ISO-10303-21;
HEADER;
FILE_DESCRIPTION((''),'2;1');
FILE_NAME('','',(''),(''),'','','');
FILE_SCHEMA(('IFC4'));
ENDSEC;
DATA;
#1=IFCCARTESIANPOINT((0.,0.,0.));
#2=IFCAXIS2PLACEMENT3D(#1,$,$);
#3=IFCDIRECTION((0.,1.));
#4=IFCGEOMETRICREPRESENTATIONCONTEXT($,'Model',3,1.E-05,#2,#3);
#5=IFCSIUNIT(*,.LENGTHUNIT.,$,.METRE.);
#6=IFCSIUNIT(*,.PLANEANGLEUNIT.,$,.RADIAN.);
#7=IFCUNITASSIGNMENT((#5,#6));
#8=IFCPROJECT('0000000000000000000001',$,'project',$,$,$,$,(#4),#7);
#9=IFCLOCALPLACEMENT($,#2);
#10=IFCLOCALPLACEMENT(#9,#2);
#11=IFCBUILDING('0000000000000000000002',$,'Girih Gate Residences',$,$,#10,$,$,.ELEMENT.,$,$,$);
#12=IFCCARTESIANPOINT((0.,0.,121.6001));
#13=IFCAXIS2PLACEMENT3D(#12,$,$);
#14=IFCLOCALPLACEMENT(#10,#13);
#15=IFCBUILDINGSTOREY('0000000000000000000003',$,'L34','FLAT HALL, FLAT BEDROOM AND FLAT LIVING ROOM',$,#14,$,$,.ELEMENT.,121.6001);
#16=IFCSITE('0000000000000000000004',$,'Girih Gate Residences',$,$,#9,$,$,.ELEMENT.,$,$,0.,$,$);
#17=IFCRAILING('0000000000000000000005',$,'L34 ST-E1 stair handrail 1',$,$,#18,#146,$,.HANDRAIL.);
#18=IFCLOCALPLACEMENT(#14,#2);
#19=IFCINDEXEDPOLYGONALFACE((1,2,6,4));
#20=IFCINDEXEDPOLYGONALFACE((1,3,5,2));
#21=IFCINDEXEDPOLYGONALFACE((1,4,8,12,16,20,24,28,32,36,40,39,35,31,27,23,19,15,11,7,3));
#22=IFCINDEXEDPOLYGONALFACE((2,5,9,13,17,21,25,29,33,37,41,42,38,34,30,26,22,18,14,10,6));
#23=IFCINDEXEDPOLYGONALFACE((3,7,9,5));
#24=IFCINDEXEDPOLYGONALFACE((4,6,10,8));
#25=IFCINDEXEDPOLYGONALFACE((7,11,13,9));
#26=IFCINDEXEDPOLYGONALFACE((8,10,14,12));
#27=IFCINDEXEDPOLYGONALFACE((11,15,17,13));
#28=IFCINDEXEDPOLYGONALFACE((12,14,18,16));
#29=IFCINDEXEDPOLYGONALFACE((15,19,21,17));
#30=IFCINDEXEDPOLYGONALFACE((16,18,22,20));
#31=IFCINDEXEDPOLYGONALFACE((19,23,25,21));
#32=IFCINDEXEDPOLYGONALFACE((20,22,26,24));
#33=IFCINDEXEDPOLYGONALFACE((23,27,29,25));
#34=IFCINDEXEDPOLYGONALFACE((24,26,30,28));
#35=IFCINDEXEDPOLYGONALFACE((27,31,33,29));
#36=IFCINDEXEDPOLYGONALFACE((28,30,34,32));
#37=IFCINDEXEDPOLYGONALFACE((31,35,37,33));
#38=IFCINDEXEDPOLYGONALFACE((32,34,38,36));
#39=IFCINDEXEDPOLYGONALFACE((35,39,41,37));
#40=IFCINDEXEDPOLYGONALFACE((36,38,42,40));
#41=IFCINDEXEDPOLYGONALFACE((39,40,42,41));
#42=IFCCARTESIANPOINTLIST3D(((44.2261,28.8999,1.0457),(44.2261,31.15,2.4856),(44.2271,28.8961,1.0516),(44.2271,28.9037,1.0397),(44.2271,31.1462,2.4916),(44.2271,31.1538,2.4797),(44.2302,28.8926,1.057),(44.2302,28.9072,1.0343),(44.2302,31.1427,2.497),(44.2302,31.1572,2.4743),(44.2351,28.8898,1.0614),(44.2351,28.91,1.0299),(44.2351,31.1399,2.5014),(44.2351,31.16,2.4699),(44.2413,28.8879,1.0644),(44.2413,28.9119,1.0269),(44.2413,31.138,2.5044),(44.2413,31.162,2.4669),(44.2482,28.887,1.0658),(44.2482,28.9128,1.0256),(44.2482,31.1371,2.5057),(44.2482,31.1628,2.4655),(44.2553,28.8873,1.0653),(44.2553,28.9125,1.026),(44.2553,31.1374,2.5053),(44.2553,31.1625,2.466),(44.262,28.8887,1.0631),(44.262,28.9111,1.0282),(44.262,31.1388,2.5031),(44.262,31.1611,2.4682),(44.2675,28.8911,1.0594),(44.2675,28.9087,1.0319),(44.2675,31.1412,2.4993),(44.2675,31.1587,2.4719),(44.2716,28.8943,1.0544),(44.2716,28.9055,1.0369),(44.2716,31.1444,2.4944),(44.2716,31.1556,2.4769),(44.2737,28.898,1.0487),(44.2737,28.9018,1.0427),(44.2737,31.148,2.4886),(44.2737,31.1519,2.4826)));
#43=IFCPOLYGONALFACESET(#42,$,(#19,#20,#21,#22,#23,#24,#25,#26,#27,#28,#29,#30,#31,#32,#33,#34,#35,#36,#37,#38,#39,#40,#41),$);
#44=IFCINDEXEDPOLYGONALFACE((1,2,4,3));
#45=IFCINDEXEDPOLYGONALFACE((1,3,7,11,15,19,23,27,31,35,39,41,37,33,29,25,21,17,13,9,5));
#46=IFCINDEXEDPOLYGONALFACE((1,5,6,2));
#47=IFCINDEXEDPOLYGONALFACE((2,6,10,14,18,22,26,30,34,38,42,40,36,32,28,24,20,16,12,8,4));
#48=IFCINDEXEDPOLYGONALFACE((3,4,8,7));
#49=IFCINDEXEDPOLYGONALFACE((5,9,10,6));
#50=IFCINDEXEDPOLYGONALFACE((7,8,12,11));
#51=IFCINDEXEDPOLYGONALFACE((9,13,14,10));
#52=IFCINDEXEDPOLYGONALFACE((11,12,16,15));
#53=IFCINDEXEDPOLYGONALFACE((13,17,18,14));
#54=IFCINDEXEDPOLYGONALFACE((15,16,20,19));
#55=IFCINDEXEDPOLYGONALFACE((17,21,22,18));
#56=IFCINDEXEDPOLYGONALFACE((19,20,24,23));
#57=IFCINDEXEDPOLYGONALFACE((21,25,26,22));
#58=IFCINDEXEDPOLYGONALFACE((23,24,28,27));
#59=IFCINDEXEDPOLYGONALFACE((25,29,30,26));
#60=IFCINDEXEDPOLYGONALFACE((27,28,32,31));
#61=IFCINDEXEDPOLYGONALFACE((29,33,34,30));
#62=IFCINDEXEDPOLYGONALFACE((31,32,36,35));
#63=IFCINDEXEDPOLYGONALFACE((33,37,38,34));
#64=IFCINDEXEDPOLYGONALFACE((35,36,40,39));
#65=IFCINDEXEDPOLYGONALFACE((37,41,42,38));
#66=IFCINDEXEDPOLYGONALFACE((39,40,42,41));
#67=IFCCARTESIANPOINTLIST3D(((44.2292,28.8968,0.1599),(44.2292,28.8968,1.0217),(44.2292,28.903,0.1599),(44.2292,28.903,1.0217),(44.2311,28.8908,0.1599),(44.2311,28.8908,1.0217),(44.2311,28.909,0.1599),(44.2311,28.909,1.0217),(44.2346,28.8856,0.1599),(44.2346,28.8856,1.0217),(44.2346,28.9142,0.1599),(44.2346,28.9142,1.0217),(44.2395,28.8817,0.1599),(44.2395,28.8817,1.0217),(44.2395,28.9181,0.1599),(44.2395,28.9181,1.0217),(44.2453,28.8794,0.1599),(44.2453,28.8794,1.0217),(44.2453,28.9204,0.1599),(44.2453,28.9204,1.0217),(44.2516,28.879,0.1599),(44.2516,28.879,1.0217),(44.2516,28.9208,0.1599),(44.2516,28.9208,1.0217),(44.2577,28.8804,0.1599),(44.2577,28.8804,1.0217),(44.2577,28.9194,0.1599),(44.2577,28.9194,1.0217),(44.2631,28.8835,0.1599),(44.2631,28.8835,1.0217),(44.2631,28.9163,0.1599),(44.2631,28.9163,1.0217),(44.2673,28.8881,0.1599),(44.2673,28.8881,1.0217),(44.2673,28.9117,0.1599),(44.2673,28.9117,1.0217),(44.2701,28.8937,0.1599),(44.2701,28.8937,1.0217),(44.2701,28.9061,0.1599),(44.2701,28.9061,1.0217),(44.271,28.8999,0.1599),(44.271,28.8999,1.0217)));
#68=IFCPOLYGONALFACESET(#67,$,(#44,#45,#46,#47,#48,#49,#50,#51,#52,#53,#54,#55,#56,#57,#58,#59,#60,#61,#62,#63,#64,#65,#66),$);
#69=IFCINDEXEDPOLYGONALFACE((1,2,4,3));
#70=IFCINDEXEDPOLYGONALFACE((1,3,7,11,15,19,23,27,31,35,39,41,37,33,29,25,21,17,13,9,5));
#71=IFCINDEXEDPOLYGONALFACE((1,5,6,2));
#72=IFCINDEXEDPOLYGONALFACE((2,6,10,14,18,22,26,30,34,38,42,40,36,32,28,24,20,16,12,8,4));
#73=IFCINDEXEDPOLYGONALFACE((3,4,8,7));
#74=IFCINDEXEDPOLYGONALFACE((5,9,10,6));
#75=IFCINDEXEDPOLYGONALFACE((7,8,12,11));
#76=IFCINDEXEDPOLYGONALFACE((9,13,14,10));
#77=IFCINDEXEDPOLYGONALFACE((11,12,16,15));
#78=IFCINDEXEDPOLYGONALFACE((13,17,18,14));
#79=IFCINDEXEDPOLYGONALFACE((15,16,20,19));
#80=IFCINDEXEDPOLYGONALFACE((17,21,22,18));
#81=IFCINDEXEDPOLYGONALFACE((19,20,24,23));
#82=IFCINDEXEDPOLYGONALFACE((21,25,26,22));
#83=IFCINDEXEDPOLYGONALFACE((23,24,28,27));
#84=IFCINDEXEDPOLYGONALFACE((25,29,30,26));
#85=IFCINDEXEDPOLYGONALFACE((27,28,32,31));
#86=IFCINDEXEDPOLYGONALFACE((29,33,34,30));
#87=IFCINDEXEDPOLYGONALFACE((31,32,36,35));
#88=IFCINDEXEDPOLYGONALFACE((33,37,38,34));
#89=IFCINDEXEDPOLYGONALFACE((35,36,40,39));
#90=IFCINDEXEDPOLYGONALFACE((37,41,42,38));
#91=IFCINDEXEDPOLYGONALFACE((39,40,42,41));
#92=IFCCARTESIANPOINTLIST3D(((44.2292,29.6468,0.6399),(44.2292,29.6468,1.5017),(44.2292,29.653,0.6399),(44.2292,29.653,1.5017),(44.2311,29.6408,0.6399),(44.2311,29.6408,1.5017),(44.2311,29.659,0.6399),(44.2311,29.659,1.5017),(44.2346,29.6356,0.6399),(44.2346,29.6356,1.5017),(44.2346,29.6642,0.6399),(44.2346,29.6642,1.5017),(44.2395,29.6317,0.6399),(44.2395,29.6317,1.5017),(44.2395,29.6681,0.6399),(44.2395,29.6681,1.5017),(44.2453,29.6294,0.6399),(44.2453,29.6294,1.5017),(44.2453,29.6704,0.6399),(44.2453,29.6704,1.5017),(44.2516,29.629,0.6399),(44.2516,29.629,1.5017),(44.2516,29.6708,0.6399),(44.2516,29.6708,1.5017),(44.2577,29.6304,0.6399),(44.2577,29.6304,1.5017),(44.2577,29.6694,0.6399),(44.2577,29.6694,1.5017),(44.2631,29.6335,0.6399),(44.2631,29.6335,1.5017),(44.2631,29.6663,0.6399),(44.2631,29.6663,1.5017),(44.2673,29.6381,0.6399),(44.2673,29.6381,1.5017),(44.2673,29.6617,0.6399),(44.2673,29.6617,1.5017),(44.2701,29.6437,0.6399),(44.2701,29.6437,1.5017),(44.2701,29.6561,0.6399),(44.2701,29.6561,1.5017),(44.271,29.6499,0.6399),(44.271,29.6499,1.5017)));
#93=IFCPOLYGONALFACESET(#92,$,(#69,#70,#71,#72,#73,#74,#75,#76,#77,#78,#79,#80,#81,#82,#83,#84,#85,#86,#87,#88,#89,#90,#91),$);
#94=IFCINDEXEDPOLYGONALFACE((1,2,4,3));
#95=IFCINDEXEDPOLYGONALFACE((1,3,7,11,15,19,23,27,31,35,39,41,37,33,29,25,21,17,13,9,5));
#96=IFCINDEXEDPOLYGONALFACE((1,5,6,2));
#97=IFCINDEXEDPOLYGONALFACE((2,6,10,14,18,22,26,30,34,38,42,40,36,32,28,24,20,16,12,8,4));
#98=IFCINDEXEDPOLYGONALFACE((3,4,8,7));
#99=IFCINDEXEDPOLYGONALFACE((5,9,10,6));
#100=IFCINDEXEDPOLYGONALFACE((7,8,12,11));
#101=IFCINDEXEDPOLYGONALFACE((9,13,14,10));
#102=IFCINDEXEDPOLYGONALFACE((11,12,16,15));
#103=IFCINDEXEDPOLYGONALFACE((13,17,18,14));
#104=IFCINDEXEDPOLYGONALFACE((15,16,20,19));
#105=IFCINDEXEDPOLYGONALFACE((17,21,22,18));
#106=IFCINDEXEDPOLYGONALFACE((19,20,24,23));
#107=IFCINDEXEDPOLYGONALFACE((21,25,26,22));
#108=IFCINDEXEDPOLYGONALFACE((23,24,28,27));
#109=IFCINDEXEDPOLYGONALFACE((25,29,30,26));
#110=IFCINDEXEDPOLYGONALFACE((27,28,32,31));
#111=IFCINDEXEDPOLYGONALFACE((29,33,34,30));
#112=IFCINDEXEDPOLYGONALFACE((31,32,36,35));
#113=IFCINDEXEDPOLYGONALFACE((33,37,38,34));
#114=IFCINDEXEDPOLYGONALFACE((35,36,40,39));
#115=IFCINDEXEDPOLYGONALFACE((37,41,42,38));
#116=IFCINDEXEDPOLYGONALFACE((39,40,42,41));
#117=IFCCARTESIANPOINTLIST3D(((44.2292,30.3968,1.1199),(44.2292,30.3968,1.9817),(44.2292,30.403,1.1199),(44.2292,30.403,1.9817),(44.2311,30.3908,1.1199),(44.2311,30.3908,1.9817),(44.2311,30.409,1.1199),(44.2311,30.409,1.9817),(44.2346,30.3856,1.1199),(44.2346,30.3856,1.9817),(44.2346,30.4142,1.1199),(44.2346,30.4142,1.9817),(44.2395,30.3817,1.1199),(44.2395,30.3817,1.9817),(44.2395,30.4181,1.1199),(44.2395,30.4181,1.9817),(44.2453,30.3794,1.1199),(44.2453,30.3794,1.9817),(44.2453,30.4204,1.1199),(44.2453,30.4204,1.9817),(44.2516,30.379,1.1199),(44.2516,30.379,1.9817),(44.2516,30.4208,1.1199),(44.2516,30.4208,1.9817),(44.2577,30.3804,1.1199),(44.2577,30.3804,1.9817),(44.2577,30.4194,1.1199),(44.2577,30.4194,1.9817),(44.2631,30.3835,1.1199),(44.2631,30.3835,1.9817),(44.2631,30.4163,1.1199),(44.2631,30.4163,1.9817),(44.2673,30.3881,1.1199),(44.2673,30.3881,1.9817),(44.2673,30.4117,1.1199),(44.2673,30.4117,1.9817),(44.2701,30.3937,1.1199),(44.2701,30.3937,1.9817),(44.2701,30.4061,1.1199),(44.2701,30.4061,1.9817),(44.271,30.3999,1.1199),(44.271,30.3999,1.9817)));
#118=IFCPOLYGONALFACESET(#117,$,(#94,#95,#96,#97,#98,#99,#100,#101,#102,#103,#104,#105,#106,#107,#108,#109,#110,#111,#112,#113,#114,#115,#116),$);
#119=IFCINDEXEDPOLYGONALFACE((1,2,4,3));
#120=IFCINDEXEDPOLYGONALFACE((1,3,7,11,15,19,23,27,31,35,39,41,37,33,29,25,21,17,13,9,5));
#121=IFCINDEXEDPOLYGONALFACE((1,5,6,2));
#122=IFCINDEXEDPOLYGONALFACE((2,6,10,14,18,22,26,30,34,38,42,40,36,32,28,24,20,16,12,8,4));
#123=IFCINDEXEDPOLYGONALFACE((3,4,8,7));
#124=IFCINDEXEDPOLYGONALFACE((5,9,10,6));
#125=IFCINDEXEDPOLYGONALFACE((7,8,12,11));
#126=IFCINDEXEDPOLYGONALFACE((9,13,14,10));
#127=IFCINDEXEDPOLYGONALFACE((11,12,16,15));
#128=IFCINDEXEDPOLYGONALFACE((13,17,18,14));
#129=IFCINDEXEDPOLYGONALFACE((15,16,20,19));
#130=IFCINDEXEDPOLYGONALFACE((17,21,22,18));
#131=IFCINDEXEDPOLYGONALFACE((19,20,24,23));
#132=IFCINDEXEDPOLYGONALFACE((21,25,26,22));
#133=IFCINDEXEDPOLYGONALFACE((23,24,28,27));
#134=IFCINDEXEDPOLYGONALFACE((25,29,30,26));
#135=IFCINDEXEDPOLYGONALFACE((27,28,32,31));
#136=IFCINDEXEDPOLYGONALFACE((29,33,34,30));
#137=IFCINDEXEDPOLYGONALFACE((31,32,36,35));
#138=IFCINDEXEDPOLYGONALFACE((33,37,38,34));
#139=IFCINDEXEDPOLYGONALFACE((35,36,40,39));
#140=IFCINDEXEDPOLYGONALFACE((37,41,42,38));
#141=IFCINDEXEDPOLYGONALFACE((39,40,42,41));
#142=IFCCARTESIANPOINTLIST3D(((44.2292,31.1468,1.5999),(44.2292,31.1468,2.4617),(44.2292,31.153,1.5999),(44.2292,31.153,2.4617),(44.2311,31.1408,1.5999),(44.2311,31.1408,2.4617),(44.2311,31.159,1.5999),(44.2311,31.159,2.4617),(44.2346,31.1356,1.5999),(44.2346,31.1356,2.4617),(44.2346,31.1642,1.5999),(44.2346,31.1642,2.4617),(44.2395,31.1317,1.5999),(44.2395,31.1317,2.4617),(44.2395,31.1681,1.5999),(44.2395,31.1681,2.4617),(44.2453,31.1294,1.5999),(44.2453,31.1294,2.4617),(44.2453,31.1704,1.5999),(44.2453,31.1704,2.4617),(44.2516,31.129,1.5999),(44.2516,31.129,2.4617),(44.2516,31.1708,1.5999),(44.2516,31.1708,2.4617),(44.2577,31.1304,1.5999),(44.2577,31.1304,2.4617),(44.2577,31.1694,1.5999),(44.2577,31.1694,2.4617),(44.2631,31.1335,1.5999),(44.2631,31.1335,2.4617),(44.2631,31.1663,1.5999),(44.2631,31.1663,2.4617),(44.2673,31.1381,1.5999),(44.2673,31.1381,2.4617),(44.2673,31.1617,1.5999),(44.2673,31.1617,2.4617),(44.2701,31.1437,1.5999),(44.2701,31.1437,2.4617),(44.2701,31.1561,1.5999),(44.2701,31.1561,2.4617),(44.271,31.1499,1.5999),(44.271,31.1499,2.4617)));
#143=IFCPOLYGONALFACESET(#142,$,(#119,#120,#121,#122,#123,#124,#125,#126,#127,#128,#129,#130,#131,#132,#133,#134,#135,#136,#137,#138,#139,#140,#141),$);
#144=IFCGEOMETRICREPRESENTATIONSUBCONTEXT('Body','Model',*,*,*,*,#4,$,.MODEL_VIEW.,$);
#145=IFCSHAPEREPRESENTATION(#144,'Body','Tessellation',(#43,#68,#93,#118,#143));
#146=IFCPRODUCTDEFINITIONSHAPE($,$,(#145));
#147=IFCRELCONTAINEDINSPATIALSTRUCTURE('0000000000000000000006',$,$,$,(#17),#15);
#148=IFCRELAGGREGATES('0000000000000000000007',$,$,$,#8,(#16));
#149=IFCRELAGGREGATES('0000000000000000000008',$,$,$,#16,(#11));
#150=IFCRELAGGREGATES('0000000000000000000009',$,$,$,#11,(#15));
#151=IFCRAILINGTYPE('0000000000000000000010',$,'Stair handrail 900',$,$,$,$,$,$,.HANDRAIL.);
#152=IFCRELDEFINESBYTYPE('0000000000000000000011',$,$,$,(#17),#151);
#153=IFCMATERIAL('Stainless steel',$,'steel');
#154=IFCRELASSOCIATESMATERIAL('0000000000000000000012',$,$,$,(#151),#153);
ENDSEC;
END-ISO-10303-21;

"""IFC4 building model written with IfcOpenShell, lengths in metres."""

from ifc_helpers import new_model, si_unit, direction, frame, origin, origin_2d, place, context, subcontext, project, spatial, circle, extrude, material, type_object, element, save


model = new_model("IFC4")

# Units and contexts
model_context = context("Model", 3, precision=1e-05, world=origin(), true_north=direction((0.0, 1.0)))
body_context = subcontext(model_context, "Body", "Model", "MODEL_VIEW")
ifc_project = project(units=[si_unit("LENGTHUNIT", "METRE"), si_unit("PLANEANGLEUNIT", "RADIAN")], contexts=[model_context])

# Site, building, storey
site_placement = place(None, origin())
site = spatial("IfcSite", under=ifc_project, at=site_placement, Name="Girih Gate Residences", CompositionType="ELEMENT", RefElevation=0.0)
building_placement = place(site_placement, origin())
building = spatial("IfcBuilding", under=site, at=building_placement, Name="Girih Gate Residences", CompositionType="ELEMENT")
storey_placement = place(building_placement, frame((0.0, 0.0, 121.6001)))
storey = spatial("IfcBuildingStorey", under=building, at=storey_placement, Name="L34", Description="FLAT HALL, FLAT BEDROOM AND FLAT LIVING ROOM", CompositionType="ELEMENT", Elevation=121.6001)

# Railing
ifc_material_1 = material(Name="Stainless steel", Category="steel")
railing_type_1 = type_object("IfcRailingType", Name="Stair handrail 900", PredefinedType="HANDRAIL", material=ifc_material_1)
railing_1_placement = place(storey_placement, frame((44.25, 28.8999, 0.1599)))
element("IfcRailing", 1, at=railing_1_placement, inside=storey, type_object=railing_type_1, Name="L34 ST-E1 stair handrail 1", PredefinedType="HANDRAIL", context=body_context, shape_type="SweptSolid", body=[
    extrude(circle(Radius=0.0239, at=origin_2d()), frame((0.0, 0.0, 0.8857), z_axis=(0.0, 0.842281, 0.539038), x_axis=(-1.0, 0.0, 0.0)), (0.0, 0.0, 1.0), 2.6714),
    extrude(circle(Radius=0.021, at=origin_2d()), origin(), (0.0, 0.0, 1.0), 0.8618),
    extrude(circle(Radius=0.021, at=origin_2d()), frame((0.0, 0.75, 0.48)), (0.0, 0.0, 1.0), 0.8618),
    extrude(circle(Radius=0.021, at=origin_2d()), frame((0.0, 1.5, 0.96)), (0.0, 0.0, 1.0), 0.8618),
    extrude(circle(Radius=0.021, at=origin_2d()), frame((0.0, 2.25, 1.4399)), (0.0, 0.0, 1.0), 0.8618),
])

save(model, "model.ifc")
